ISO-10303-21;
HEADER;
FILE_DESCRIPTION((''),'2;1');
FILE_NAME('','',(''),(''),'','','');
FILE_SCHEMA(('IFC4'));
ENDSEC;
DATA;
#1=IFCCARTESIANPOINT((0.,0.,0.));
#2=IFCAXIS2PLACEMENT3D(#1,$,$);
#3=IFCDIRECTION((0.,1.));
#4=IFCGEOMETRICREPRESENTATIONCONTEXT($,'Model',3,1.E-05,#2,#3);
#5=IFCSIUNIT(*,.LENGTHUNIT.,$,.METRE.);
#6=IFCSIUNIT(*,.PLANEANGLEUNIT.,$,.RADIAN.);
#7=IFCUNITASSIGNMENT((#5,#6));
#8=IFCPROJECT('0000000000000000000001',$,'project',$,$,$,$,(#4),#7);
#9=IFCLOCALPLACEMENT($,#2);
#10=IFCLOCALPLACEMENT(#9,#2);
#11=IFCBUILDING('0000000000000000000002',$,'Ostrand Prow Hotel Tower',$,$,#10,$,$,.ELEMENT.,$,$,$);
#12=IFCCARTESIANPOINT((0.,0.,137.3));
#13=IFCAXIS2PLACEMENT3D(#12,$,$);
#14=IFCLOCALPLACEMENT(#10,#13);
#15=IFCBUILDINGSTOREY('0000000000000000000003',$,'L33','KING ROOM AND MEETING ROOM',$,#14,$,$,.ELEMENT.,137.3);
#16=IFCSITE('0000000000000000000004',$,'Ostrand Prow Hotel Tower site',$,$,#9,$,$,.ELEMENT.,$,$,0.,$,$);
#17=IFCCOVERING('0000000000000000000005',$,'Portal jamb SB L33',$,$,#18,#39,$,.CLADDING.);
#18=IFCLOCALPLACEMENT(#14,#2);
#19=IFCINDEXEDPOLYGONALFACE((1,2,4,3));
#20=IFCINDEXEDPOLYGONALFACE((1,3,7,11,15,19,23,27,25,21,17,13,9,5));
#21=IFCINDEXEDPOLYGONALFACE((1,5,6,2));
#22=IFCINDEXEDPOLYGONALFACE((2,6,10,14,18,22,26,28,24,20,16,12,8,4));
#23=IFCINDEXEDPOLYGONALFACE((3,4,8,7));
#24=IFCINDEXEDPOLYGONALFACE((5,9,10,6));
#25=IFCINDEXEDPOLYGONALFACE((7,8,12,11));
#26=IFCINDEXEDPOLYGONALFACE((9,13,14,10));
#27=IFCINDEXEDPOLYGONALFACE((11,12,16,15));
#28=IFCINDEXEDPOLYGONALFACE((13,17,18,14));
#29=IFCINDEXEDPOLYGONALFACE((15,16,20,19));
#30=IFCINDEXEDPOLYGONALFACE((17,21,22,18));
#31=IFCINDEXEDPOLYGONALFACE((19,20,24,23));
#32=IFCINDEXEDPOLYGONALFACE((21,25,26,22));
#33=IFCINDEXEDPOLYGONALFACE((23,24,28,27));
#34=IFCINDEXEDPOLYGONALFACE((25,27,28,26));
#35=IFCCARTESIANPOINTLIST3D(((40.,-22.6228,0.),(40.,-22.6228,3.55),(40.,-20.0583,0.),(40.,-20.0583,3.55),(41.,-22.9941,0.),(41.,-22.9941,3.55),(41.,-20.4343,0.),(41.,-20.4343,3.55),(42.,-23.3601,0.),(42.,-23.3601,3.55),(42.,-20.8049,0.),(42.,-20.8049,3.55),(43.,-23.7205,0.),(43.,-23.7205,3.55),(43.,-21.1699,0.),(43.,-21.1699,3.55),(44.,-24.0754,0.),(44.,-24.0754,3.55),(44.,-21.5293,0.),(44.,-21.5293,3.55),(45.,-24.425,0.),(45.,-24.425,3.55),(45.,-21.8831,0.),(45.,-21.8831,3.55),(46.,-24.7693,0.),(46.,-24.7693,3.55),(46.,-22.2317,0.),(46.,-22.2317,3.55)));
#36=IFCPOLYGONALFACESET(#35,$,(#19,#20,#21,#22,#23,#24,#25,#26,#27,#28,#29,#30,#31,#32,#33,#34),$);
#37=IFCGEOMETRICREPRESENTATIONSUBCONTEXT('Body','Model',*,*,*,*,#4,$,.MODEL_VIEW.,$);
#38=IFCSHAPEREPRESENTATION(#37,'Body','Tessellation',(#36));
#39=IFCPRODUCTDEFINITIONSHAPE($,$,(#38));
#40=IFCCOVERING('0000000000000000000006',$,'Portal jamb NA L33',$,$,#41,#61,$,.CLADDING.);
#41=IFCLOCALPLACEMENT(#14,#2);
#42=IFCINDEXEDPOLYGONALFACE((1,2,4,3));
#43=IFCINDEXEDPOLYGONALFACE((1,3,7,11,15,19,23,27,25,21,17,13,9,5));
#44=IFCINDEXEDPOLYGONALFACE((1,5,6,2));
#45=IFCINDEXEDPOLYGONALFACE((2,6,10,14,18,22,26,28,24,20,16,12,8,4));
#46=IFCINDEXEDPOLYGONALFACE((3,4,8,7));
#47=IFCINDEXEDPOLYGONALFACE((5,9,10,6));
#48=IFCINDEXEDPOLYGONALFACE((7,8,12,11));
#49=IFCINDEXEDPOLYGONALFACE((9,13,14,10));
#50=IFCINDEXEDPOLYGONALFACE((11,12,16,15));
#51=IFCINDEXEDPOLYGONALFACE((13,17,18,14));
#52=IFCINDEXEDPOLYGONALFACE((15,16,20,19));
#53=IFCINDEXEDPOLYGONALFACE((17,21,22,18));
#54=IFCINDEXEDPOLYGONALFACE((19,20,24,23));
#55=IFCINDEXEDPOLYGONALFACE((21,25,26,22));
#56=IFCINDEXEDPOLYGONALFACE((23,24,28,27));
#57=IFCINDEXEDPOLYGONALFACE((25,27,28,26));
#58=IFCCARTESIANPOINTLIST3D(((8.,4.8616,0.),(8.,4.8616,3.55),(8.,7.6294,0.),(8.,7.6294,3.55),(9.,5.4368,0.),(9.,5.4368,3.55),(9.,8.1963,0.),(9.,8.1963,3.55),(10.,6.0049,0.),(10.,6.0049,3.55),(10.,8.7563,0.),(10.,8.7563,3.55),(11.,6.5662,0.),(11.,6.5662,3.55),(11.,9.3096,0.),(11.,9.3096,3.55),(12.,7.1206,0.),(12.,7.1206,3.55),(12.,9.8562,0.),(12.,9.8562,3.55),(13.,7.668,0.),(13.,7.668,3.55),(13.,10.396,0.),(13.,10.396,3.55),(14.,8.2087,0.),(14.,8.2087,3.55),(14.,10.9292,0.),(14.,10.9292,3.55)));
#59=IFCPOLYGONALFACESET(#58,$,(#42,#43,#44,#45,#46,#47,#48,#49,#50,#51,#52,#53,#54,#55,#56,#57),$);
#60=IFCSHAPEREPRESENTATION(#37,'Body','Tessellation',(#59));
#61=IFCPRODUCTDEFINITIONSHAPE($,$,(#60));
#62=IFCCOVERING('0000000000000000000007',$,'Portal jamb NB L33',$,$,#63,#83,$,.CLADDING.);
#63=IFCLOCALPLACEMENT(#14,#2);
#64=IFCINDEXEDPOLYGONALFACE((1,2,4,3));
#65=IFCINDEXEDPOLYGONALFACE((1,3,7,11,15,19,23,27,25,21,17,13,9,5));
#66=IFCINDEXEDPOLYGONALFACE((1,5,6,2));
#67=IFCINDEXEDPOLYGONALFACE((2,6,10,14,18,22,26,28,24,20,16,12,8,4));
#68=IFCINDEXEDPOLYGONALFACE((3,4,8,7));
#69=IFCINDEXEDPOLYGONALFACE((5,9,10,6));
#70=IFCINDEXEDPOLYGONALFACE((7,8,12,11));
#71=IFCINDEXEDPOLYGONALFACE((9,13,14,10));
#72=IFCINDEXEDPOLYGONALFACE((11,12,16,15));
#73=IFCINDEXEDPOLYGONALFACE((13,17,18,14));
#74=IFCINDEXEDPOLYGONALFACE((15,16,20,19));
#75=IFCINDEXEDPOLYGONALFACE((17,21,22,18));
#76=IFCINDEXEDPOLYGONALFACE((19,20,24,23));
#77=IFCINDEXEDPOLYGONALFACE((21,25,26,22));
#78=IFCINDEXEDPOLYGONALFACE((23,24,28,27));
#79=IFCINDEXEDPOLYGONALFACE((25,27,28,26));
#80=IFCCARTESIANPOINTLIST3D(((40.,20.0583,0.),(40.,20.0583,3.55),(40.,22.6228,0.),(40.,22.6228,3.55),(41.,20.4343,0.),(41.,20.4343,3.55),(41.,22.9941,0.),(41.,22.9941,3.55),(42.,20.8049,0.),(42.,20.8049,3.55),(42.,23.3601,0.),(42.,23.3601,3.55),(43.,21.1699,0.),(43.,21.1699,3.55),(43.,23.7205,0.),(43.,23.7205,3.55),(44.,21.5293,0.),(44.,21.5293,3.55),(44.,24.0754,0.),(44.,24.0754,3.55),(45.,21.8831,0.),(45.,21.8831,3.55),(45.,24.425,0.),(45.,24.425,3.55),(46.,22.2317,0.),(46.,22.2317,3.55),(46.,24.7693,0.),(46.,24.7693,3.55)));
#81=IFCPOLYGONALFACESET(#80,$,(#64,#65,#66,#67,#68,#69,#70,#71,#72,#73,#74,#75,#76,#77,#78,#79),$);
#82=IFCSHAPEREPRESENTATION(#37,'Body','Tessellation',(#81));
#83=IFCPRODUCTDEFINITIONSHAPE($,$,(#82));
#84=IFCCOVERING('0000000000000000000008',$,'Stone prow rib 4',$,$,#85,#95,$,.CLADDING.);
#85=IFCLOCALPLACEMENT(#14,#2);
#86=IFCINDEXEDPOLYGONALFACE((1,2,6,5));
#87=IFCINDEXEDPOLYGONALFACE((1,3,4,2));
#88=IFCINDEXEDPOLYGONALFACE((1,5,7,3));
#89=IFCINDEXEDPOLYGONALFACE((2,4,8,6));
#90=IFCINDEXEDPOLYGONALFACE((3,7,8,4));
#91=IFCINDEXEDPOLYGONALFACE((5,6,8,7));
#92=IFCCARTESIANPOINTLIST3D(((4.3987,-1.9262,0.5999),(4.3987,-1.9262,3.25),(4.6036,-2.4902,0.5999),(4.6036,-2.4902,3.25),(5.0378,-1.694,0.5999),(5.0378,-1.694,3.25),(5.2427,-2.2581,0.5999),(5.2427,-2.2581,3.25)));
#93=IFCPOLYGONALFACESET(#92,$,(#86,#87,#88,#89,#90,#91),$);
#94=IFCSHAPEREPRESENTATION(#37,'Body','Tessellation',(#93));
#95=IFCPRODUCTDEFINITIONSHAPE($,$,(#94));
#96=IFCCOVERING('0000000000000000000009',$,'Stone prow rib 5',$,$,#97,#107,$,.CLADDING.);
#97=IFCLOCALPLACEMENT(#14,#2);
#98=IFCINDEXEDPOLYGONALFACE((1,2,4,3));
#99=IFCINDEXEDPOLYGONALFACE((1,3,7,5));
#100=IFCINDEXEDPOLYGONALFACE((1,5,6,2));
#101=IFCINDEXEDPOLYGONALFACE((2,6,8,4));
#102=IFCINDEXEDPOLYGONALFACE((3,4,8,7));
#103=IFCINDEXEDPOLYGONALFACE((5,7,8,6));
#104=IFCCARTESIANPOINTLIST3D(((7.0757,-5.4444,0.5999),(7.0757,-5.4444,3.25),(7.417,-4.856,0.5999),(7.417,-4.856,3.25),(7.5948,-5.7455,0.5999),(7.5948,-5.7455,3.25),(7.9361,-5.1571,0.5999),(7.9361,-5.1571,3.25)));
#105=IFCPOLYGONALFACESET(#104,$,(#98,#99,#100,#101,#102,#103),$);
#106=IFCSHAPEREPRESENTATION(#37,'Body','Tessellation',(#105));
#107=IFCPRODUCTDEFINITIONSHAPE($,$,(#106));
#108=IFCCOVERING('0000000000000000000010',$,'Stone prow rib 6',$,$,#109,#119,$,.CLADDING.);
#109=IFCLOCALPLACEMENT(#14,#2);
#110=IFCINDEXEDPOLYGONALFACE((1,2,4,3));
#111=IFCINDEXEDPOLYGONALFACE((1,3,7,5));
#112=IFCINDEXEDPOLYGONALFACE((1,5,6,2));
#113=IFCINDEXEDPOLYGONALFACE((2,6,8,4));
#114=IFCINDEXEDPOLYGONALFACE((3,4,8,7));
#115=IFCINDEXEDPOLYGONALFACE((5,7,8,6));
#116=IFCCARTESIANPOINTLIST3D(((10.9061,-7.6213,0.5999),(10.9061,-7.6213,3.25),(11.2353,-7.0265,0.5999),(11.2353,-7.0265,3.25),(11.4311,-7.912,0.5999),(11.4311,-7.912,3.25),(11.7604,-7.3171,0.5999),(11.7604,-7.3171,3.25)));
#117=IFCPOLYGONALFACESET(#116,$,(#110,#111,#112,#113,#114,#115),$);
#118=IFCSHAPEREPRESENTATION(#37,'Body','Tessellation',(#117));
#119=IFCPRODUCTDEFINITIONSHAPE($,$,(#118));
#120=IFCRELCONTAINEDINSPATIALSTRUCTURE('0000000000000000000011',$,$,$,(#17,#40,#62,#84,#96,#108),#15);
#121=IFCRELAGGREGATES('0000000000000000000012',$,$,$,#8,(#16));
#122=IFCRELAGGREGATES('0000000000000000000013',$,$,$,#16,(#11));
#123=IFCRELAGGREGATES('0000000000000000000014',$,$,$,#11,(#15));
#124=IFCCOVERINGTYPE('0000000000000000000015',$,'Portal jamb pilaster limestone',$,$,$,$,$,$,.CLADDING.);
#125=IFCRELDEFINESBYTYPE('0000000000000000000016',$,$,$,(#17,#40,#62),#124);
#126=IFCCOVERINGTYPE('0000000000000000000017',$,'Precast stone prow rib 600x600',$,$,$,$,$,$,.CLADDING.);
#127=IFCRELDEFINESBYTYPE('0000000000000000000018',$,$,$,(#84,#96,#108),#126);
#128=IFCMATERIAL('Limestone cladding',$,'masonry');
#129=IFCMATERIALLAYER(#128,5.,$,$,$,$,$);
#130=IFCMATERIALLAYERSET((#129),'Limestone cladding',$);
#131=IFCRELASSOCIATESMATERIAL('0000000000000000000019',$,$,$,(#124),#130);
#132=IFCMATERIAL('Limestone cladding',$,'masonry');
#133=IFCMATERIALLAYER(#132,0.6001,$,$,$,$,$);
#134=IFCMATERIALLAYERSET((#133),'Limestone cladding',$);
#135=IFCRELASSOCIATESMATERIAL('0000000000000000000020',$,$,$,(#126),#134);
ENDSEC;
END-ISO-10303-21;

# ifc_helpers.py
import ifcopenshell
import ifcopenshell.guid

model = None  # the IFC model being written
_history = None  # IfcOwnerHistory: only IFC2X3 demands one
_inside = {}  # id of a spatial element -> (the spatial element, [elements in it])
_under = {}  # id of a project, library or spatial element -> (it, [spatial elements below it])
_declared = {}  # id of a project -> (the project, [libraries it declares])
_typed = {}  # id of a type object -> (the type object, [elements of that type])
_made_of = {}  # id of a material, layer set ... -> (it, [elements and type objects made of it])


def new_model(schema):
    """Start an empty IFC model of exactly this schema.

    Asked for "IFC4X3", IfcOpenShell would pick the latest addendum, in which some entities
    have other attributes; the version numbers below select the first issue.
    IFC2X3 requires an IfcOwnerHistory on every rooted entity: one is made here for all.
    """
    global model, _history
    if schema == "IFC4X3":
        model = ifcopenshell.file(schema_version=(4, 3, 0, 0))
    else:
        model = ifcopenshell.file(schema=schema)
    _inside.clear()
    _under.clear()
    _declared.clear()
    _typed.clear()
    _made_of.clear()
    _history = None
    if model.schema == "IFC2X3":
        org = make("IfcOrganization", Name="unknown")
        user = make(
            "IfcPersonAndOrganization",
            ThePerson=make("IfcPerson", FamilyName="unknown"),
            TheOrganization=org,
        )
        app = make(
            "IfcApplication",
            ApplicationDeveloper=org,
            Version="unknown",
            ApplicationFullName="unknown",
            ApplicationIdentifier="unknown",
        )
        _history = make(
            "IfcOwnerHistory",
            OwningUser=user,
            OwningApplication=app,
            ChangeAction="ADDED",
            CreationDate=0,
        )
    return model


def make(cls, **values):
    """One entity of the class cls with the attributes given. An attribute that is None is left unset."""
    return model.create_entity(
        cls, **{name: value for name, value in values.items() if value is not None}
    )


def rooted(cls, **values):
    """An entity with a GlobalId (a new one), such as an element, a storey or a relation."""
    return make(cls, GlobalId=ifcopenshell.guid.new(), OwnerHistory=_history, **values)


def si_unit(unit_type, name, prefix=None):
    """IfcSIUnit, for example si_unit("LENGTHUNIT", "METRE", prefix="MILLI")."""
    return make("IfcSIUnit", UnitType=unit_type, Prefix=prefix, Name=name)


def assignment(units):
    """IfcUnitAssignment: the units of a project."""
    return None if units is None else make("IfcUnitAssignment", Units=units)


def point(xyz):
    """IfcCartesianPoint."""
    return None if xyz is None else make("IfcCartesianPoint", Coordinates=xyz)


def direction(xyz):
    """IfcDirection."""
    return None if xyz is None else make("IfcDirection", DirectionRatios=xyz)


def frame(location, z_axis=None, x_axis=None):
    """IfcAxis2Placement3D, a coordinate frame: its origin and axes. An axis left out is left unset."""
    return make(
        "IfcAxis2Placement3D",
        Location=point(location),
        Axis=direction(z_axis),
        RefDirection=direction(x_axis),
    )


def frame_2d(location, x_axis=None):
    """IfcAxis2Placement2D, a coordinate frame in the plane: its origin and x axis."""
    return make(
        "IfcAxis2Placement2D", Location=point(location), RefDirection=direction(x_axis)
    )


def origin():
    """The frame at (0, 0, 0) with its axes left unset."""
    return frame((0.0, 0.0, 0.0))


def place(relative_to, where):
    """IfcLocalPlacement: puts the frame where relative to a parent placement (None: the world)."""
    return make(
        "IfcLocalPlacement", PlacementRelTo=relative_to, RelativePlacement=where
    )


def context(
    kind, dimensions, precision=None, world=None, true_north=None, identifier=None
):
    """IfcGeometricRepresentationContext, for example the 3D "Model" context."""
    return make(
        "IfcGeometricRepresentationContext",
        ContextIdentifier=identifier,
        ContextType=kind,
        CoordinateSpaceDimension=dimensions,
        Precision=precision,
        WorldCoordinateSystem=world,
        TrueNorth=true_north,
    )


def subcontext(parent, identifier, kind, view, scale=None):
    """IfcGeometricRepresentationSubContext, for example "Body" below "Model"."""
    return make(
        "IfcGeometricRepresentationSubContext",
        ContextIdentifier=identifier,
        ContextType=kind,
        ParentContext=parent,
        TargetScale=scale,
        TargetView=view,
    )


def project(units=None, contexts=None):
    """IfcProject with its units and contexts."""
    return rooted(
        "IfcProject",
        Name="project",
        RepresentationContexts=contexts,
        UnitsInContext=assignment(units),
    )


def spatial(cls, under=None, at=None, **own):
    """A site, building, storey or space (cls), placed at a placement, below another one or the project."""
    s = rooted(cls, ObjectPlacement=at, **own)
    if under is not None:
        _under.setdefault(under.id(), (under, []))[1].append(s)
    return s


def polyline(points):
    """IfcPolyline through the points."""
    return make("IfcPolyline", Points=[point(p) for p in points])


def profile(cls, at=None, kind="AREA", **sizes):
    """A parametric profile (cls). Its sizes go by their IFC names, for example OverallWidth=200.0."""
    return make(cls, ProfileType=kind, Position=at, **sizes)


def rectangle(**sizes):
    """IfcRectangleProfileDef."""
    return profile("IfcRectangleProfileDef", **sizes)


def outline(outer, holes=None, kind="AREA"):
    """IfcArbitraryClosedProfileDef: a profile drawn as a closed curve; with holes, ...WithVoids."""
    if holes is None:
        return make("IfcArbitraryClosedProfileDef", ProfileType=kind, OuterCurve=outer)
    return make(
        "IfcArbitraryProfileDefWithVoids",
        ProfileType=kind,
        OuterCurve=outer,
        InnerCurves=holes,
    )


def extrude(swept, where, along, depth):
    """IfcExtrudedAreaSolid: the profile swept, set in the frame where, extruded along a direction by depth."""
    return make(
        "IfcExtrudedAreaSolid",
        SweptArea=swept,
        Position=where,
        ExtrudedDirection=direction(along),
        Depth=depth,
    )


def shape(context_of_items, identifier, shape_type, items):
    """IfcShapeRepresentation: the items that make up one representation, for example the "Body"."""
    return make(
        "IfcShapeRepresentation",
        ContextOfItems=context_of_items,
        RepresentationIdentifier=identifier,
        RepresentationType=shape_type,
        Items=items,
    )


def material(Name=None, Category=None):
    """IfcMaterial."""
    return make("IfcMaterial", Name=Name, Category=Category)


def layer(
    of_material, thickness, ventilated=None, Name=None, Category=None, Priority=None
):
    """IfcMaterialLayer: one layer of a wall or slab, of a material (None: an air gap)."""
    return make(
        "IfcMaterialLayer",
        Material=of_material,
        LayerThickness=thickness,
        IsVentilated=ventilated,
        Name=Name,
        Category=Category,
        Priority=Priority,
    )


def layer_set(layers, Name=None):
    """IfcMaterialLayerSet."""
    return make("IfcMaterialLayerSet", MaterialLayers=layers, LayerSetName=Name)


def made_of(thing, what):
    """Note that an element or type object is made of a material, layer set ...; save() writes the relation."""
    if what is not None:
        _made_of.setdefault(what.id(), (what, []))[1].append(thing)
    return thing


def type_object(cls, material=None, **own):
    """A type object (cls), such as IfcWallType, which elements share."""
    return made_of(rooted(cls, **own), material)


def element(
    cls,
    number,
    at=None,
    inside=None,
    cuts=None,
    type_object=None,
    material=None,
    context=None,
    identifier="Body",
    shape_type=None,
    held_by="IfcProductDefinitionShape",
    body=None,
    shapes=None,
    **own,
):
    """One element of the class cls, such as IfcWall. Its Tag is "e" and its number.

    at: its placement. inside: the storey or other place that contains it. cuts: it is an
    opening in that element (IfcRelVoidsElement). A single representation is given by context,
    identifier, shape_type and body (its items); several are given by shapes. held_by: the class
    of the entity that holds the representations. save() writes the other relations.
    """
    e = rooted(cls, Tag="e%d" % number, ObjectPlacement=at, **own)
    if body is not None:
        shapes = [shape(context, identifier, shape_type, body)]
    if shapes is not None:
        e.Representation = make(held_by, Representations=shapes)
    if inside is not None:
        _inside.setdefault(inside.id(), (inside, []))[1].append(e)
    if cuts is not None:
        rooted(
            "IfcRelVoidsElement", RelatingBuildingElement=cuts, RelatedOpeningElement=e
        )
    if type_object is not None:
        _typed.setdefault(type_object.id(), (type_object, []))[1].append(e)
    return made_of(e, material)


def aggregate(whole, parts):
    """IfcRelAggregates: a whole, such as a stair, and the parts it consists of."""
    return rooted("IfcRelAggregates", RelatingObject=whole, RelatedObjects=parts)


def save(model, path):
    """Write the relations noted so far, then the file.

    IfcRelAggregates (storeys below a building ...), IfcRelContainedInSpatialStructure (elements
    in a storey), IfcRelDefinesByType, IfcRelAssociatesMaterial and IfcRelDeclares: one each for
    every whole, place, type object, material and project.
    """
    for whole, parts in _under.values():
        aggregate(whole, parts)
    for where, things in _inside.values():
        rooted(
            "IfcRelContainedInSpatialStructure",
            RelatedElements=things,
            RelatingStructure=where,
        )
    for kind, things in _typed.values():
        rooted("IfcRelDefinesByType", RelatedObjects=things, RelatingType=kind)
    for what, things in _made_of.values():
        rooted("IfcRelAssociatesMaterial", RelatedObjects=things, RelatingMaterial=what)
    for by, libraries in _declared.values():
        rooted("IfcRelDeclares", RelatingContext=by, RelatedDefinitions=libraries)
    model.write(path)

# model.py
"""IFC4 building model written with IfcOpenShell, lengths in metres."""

from ifc_helpers import new_model, si_unit, direction, frame, frame_2d, origin, place, context, subcontext, project, spatial, polyline, rectangle, outline, extrude, material, layer, layer_set, type_object, element, save


model = new_model("IFC4")

# Units and contexts
model_context = context("Model", 3, precision=1e-05, world=origin(), true_north=direction((0.0, 1.0)))
body_context = subcontext(model_context, "Body", "Model", "MODEL_VIEW")
ifc_project = project(units=[si_unit("LENGTHUNIT", "METRE"), si_unit("PLANEANGLEUNIT", "RADIAN")], contexts=[model_context])

# Site, building, storey
site_placement = place(None, origin())
site = spatial("IfcSite", under=ifc_project, at=site_placement, Name="Ostrand Prow Hotel Tower site", CompositionType="ELEMENT", RefElevation=0.0)
building_placement = place(site_placement, origin())
building = spatial("IfcBuilding", under=site, at=building_placement, Name="Ostrand Prow Hotel Tower", CompositionType="ELEMENT")
storey_placement = place(building_placement, frame((0.0, 0.0, 137.3)))
storey = spatial("IfcBuildingStorey", under=building, at=storey_placement, Name="L33", Description="KING ROOM AND MEETING ROOM", CompositionType="ELEMENT", Elevation=137.3)

# Coverings
ifc_material_1 = material(Name="Limestone cladding", Category="masonry")
ifc_layer_1 = layer(ifc_material_1, 5.0)
ifc_layer_set_1 = layer_set([ifc_layer_1], Name="Limestone cladding")
covering_type_1 = type_object("IfcCoveringType", Name="Portal jamb pilaster limestone", PredefinedType="CLADDING", material=ifc_layer_set_1)
covering_1_placement = place(storey_placement, origin())
element("IfcCovering", 1, at=covering_1_placement, inside=storey, type_object=covering_type_1, Name="Portal jamb SB L33", PredefinedType="CLADDING", context=body_context, shape_type="SweptSolid", body=[
    extrude(outline(polyline([(40.0, -20.0583), (40.0, -22.6228), (41.0, -22.9941), (42.0, -23.3601), (43.0, -23.7205), (44.0, -24.0754), (45.0, -24.425), (46.0, -24.7693), (46.0, -22.2317), (45.0, -21.8831), (44.0, -21.5293), (43.0, -21.1699), (42.0, -20.8049), (41.0, -20.4343), (40.0, -20.0583)])), origin(), (0.0, 0.0, 1.0), 3.55),
])
covering_2_placement = place(storey_placement, origin())
element("IfcCovering", 2, at=covering_2_placement, inside=storey, type_object=covering_type_1, Name="Portal jamb NA L33", PredefinedType="CLADDING", context=body_context, shape_type="SweptSolid", body=[
    extrude(outline(polyline([(8.0, 4.8616), (9.0, 5.4368), (10.0, 6.0049), (11.0, 6.5662), (12.0, 7.1206), (13.0, 7.668), (14.0, 8.2087), (14.0, 10.9292), (13.0, 10.396), (12.0, 9.8562), (11.0, 9.3096), (10.0, 8.7563), (9.0, 8.1963), (8.0, 7.6294), (8.0, 4.8616)])), origin(), (0.0, 0.0, 1.0), 3.55),
])
covering_3_placement = place(storey_placement, origin())
element("IfcCovering", 3, at=covering_3_placement, inside=storey, type_object=covering_type_1, Name="Portal jamb NB L33", PredefinedType="CLADDING", context=body_context, shape_type="SweptSolid", body=[
    extrude(outline(polyline([(40.0, 20.0583), (41.0, 20.4343), (42.0, 20.8049), (43.0, 21.1699), (44.0, 21.5293), (45.0, 21.8831), (46.0, 22.2317), (46.0, 24.7693), (45.0, 24.425), (44.0, 24.0754), (43.0, 23.7205), (42.0, 23.3601), (41.0, 22.9941), (40.0, 22.6228), (40.0, 20.0583)])), origin(), (0.0, 0.0, 1.0), 3.55),
])
ifc_material_2 = material(Name="Limestone cladding", Category="masonry")
ifc_layer_2 = layer(ifc_material_2, 0.6001)
ifc_layer_set_2 = layer_set([ifc_layer_2], Name="Limestone cladding")
covering_type_2 = type_object("IfcCoveringType", Name="Precast stone prow rib 600x600", PredefinedType="CLADDING", material=ifc_layer_set_2)
covering_4_placement = place(storey_placement, frame((5.1401, -1.9761, 0.5999), z_axis=(0.0, 0.0, 1.0), x_axis=(-0.939909, -0.341426, 0.0)))
element("IfcCovering", 4, at=covering_4_placement, inside=storey, type_object=covering_type_2, Name="Stone prow rib 4", PredefinedType="CLADDING", context=body_context, shape_type="SweptSolid", body=[
    extrude(rectangle(XDim=0.6799, YDim=0.6001, at=frame_2d((0.3398, 0.0))), origin(), (0.0, 0.0, 1.0), 2.6501),
])
covering_5_placement = place(storey_placement, frame((7.6765, -5.0066, 0.5999), z_axis=(0.0, 0.0, 1.0), x_axis=(-0.501772, -0.865, 0.0)))
element("IfcCovering", 5, at=covering_5_placement, inside=storey, type_object=covering_type_2, Name="Stone prow rib 5", PredefinedType="CLADDING", context=body_context, shape_type="SweptSolid", body=[
    extrude(rectangle(XDim=0.6802, YDim=0.6001, at=frame_2d((0.3401, 0.0))), origin(), (0.0, 0.0, 1.0), 2.6501),
])
covering_6_placement = place(storey_placement, frame((11.4978, -7.1719, 0.5999), z_axis=(0.0, 0.0, 1.0), x_axis=(-0.484301, -0.874901, 0.0)))
element("IfcCovering", 6, at=covering_6_placement, inside=storey, type_object=covering_type_2, Name="Stone prow rib 6", PredefinedType="CLADDING", context=body_context, shape_type="SweptSolid", body=[
    extrude(rectangle(XDim=0.6799, YDim=0.6001, at=frame_2d((0.3398, 0.0))), origin(), (0.0, 0.0, 1.0), 2.6501),
])

save(model, "model.ifc")
